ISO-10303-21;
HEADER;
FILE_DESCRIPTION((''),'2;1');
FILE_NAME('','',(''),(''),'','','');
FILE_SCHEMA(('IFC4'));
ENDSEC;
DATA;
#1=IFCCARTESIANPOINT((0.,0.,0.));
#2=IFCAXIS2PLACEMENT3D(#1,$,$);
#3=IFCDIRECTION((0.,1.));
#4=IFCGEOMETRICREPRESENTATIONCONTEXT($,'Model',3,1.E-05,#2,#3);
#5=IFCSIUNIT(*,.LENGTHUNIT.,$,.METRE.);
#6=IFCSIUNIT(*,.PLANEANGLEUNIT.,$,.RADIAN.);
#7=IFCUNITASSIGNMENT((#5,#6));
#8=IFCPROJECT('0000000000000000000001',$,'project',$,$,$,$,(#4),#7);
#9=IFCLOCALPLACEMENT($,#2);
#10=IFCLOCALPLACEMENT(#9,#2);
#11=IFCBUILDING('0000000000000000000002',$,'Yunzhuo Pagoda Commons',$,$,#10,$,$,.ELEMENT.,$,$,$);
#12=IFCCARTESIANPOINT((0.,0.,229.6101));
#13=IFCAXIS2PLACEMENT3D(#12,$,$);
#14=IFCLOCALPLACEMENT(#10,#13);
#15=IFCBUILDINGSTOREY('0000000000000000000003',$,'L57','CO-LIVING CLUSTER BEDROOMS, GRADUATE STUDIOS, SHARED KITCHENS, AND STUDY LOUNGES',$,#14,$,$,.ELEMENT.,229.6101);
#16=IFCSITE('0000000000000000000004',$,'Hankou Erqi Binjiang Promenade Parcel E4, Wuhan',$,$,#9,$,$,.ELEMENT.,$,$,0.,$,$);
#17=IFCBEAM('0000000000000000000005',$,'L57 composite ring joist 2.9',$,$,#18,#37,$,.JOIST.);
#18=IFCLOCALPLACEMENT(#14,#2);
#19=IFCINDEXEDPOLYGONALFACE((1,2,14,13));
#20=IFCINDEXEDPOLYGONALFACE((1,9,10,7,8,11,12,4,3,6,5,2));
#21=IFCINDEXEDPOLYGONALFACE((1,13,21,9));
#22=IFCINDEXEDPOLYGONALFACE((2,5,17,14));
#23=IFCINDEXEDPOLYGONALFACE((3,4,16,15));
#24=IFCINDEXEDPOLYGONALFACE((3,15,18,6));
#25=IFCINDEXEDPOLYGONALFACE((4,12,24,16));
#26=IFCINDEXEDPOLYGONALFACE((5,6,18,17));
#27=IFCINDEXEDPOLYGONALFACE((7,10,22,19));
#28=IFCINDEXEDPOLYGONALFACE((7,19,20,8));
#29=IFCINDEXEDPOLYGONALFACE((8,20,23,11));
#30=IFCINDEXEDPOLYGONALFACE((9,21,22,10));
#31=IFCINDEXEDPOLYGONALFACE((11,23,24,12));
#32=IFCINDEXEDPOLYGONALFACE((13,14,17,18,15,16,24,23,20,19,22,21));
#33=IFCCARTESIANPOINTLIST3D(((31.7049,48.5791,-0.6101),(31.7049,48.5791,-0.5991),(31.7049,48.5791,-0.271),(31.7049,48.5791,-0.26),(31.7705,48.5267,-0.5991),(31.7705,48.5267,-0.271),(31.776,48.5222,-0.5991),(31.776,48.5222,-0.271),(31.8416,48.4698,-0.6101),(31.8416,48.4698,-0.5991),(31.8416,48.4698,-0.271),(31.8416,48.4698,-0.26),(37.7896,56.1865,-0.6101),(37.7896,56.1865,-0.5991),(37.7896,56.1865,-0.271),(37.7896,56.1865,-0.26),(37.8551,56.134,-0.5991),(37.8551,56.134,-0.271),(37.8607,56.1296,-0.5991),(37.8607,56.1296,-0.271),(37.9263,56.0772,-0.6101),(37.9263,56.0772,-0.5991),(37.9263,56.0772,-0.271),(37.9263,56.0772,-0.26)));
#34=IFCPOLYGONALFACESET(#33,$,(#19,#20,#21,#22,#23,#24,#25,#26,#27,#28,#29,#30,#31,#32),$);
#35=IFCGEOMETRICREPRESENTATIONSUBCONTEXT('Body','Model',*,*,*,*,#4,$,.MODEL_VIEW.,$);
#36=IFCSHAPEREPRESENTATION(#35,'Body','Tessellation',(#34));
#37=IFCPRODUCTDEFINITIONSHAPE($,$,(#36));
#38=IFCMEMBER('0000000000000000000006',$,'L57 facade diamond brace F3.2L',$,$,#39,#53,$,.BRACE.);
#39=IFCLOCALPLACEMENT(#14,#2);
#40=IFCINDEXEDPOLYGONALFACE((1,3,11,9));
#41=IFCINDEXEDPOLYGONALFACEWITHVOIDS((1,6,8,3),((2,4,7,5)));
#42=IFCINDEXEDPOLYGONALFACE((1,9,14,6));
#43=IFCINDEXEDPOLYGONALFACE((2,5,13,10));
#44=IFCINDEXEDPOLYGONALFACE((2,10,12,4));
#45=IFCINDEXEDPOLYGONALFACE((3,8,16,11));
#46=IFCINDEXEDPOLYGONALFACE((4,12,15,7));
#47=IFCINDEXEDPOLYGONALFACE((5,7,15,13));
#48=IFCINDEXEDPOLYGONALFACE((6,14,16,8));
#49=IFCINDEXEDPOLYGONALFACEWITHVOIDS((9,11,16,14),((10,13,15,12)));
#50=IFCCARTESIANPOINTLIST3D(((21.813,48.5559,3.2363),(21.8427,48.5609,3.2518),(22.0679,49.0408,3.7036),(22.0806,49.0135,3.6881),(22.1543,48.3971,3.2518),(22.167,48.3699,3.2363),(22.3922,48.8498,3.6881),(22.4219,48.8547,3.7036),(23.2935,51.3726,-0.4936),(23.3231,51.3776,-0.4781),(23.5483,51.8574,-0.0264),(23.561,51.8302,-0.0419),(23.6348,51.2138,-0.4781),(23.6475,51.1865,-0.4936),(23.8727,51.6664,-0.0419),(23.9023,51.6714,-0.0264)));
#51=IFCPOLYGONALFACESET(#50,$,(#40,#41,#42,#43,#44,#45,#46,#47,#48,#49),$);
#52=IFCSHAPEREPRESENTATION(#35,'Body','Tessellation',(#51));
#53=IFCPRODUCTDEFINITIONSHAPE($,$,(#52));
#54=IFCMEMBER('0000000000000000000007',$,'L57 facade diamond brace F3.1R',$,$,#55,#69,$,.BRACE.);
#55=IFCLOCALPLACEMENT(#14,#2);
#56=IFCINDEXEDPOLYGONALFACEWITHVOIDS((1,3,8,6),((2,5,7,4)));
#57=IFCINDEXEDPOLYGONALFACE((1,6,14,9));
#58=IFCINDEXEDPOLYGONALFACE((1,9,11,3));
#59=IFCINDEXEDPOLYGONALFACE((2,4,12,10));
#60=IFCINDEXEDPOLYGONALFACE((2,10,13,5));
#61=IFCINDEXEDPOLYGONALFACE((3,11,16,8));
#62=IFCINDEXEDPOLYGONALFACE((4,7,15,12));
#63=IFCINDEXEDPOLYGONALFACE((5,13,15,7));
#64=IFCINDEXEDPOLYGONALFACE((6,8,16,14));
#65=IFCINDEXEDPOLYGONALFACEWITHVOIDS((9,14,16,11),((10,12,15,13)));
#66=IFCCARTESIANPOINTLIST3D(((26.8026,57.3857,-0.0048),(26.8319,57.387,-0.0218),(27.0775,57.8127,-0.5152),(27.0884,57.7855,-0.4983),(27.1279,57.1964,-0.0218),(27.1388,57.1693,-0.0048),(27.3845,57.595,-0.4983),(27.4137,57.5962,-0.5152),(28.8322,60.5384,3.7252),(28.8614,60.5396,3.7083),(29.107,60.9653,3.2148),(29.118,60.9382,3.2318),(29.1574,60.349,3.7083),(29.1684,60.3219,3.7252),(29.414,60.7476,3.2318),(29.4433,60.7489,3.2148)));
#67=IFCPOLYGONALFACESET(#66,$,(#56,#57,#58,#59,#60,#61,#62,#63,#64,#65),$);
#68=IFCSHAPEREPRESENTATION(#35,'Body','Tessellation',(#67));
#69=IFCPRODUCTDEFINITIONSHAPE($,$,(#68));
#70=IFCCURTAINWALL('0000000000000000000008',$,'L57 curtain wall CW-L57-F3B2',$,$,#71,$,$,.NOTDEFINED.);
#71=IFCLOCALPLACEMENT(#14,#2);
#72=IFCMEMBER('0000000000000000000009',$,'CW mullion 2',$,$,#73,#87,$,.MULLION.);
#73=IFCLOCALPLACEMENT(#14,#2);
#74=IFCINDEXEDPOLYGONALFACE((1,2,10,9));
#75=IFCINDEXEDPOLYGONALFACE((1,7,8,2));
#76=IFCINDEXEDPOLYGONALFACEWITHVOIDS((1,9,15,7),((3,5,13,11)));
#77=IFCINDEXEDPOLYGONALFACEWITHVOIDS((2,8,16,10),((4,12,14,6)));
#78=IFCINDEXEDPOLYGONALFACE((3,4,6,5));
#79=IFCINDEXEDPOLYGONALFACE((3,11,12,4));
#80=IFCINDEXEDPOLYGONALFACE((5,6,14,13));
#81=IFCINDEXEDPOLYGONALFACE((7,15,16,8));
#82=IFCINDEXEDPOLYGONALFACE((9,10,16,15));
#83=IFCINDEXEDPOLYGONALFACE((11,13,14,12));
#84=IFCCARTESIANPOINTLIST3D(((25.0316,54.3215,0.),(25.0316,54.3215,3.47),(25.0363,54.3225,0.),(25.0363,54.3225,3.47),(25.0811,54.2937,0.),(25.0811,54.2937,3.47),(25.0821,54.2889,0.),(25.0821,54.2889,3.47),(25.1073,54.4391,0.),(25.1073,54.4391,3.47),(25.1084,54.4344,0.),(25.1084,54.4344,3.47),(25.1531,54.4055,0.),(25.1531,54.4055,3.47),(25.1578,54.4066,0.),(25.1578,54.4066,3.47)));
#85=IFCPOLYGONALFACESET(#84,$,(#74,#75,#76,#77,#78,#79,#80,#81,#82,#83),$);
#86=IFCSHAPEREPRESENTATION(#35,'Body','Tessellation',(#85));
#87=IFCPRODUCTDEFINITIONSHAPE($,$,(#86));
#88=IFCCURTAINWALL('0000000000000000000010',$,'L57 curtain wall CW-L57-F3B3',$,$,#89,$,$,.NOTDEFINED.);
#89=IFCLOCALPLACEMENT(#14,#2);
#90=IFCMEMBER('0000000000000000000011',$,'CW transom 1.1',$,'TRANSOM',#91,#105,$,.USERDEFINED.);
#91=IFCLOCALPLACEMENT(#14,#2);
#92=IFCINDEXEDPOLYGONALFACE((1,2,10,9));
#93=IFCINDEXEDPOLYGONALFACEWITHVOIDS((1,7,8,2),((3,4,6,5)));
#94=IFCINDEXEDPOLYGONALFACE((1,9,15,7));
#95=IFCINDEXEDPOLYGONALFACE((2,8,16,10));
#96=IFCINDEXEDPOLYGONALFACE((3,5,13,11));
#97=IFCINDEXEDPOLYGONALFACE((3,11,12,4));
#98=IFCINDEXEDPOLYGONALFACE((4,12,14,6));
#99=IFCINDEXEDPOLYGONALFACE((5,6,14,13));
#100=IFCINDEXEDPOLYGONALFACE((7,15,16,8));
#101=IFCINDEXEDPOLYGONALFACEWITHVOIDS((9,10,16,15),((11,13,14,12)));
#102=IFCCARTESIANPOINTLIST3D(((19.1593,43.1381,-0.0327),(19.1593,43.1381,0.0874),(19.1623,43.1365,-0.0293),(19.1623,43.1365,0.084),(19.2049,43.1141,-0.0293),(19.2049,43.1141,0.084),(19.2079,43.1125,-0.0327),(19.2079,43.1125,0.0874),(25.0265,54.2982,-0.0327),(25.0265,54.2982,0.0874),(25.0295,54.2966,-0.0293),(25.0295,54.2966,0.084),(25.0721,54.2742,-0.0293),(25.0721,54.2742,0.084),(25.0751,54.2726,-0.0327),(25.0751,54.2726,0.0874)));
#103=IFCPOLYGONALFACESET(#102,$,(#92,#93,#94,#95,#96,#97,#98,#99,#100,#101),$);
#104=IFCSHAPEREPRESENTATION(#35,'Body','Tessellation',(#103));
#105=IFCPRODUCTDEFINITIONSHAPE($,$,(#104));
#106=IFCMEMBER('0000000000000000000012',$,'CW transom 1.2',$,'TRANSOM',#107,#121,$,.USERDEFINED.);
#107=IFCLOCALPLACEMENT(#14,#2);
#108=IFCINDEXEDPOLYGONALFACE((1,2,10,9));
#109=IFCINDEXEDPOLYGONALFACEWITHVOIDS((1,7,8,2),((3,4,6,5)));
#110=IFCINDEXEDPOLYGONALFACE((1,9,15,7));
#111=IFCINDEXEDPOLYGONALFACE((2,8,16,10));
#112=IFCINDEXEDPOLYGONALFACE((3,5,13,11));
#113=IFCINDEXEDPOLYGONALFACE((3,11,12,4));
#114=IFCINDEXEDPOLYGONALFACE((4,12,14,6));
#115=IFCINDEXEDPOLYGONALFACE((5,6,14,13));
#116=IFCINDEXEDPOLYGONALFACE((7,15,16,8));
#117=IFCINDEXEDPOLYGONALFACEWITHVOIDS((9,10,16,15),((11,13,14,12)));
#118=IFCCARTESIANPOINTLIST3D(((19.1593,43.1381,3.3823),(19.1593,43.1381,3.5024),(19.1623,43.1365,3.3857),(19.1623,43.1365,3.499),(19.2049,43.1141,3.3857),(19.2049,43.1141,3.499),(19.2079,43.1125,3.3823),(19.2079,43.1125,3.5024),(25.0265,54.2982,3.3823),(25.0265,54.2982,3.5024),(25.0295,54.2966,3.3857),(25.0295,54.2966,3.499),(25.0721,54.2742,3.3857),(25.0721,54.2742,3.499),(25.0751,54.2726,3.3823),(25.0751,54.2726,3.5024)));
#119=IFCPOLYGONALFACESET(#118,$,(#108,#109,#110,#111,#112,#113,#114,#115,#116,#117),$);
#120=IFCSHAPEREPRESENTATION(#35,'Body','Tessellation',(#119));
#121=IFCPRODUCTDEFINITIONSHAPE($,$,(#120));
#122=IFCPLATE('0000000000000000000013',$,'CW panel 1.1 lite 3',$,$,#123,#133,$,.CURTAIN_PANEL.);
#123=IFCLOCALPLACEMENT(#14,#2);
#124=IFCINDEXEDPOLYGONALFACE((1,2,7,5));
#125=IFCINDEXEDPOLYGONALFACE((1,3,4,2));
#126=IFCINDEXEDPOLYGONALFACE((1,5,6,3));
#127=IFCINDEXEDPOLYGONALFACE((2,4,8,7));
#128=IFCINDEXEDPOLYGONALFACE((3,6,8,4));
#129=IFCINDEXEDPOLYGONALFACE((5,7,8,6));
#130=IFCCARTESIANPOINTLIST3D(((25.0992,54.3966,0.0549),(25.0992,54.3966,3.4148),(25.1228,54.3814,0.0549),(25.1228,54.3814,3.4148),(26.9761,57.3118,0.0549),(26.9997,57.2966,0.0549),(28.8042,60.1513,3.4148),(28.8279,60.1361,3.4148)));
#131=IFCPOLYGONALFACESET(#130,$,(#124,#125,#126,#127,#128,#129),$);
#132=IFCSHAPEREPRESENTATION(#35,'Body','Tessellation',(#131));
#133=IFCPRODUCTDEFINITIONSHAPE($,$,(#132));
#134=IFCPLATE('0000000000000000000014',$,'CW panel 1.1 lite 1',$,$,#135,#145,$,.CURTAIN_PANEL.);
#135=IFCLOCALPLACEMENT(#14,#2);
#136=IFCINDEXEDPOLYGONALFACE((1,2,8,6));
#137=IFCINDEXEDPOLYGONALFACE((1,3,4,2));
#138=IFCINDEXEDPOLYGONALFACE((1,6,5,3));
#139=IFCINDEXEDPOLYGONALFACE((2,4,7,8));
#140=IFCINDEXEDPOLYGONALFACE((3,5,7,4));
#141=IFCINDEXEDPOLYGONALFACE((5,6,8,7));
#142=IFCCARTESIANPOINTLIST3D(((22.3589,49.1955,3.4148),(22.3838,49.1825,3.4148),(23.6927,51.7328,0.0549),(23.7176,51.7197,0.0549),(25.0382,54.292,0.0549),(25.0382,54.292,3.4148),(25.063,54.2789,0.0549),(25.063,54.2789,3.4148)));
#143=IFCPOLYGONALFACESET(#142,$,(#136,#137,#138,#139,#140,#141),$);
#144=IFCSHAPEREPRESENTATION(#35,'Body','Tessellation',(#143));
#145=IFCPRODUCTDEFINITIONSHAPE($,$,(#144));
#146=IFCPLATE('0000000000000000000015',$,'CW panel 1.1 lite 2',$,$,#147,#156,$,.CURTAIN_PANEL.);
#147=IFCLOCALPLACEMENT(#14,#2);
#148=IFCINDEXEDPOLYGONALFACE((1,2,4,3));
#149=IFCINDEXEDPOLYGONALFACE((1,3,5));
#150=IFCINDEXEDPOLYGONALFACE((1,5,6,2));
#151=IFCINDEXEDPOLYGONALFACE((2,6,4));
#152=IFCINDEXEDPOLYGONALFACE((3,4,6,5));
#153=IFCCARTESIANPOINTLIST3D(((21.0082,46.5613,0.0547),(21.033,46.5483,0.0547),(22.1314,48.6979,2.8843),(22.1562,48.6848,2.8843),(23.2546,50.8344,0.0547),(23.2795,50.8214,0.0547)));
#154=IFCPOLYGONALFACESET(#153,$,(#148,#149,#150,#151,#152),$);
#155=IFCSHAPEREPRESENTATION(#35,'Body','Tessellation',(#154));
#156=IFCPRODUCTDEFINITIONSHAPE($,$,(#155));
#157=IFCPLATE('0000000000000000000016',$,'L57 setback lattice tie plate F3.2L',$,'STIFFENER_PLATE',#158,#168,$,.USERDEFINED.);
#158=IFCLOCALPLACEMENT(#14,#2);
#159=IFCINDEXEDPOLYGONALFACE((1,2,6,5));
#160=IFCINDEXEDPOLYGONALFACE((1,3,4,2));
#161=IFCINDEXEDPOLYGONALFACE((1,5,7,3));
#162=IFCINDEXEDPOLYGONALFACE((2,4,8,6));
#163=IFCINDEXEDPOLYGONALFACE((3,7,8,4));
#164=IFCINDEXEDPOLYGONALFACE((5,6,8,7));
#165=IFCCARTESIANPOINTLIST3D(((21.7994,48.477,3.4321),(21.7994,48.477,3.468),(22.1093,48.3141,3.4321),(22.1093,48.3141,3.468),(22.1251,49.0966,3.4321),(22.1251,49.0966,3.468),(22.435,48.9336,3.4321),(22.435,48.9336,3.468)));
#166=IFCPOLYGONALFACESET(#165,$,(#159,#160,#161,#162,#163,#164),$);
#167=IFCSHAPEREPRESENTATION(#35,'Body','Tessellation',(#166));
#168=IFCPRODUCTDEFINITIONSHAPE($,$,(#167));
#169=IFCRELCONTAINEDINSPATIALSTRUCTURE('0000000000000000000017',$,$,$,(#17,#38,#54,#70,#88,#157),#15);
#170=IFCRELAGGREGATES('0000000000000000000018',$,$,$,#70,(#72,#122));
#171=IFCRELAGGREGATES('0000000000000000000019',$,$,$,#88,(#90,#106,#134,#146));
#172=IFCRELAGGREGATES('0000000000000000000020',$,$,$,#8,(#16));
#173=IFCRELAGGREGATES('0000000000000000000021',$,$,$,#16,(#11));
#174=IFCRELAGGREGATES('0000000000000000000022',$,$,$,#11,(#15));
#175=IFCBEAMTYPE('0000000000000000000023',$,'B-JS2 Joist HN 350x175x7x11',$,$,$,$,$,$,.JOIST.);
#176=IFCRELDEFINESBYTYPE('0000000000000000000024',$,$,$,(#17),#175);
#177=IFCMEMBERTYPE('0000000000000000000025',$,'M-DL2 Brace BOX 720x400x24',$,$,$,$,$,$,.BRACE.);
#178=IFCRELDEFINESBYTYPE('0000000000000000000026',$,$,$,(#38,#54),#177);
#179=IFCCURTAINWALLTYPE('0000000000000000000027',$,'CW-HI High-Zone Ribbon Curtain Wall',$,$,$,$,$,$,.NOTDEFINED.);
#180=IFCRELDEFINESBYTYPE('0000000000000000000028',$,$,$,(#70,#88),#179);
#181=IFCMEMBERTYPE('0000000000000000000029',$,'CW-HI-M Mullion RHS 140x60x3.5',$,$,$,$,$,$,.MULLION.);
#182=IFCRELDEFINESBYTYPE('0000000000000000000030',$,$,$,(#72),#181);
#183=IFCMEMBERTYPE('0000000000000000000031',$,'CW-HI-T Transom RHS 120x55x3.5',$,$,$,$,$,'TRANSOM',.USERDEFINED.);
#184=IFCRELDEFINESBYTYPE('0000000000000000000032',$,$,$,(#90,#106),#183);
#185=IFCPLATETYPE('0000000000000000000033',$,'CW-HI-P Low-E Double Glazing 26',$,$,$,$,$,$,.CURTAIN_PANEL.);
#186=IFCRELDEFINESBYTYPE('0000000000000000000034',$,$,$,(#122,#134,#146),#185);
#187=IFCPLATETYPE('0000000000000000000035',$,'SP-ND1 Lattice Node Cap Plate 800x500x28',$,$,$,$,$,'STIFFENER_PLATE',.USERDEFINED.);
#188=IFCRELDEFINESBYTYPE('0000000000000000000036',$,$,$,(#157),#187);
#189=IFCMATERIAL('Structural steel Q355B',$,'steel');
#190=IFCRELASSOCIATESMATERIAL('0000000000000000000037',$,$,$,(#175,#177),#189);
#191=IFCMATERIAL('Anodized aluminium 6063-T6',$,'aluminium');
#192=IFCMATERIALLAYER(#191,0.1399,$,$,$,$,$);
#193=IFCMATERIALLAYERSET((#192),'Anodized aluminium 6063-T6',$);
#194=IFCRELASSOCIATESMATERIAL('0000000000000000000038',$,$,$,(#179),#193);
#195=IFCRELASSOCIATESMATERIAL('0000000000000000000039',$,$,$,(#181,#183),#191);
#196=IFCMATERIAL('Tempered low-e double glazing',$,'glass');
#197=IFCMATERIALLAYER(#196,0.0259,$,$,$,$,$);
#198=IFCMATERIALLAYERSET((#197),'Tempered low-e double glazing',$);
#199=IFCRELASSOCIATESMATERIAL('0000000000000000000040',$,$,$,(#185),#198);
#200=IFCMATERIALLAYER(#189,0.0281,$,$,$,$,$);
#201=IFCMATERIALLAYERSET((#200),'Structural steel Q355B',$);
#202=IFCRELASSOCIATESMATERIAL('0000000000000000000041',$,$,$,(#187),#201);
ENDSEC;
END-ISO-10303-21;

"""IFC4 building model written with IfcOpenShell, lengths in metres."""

from ifc_helpers import new_model, si_unit, direction, frame, origin, origin_2d, place, context, subcontext, project, spatial, polyline, rectangle, hollow_rectangle, i_section, outline, extrude, source, transform, mapped, material, layer, layer_set, material_profile, profile_set, type_object, element, aggregate, save


model = new_model("IFC4")

# Units and contexts
model_context = context("Model", 3, precision=1e-05, world=origin(), true_north=direction((0.0, 1.0)))
body_context = subcontext(model_context, "Body", "Model", "MODEL_VIEW")
ifc_project = project(units=[si_unit("LENGTHUNIT", "METRE"), si_unit("PLANEANGLEUNIT", "RADIAN")], contexts=[model_context])

# Site, building, storey
site_placement = place(None, origin())
site = spatial("IfcSite", under=ifc_project, at=site_placement, Name="Hankou Erqi Binjiang Promenade Parcel E4, Wuhan", CompositionType="ELEMENT", RefElevation=0.0)
building_placement = place(site_placement, origin())
building = spatial("IfcBuilding", under=site, at=building_placement, Name="Yunzhuo Pagoda Commons", CompositionType="ELEMENT")
storey_placement = place(building_placement, frame((0.0, 0.0, 229.6101)))
storey = spatial("IfcBuildingStorey", under=building, at=storey_placement, Name="L57", Description="CO-LIVING CLUSTER BEDROOMS, GRADUATE STUDIOS, SHARED KITCHENS, AND STUDY LOUNGES", CompositionType="ELEMENT", Elevation=229.6101)

# Shared definitions
ifc_material_1 = material(Name="Structural steel Q355B", Category="steel")

# Beam
ifc_material_profile_1 = material_profile(ifc_material_1, i_section(OverallWidth=0.175, OverallDepth=0.3501, WebThickness=0.0071, FlangeThickness=0.011, at=origin_2d()), Name="Structural steel Q355B")
ifc_profile_set_1 = profile_set([ifc_material_profile_1], Name="Structural steel Q355B")
beam_type_1 = type_object("IfcBeamType", Name="B-JS2 Joist HN 350x175x7x11", PredefinedType="JOIST", material=ifc_profile_set_1)
shared_shape_1 = source(origin(), body_context, "Body", "SweptSolid", [
    extrude(i_section(OverallWidth=0.175, OverallDepth=0.3501, WebThickness=0.0071, FlangeThickness=0.011, at=origin_2d()), origin(), (0.0, 0.0, 1.0), 9.7415),
])
beam_1_placement = place(storey_placement, frame((37.8579, 56.1318, -0.4351), z_axis=(-0.624619, -0.78093, 0.0), x_axis=(0.78093, -0.624619, 0.0)))
element("IfcBeam", 1, at=beam_1_placement, inside=storey, type_object=beam_type_1, Name="L57 composite ring joist 2.9", PredefinedType="JOIST", context=body_context, shape_type="MappedRepresentation", body=[
    mapped(shared_shape_1, transform((0.0, 0.0, 0.0), scale=1.0)),
])

# Members
ifc_material_profile_2 = material_profile(ifc_material_1, hollow_rectangle(XDim=0.3999, YDim=0.72, WallThickness=0.0239, at=origin_2d()), Name="Structural steel Q355B")
ifc_profile_set_2 = profile_set([ifc_material_profile_2], Name="Structural steel Q355B")
member_type_1 = type_object("IfcMemberType", Name="M-DL2 Brace BOX 720x400x24", PredefinedType="BRACE", material=ifc_profile_set_2)
shared_shape_2 = source(origin(), body_context, "Body", "SweptSolid", [
    extrude(hollow_rectangle(XDim=0.3999, YDim=0.72, WallThickness=0.0239, at=origin_2d()), origin(), (0.0, 0.0, 1.0), 4.9028),
])
member_1_placement = place(storey_placement, frame((23.5979, 51.522, -0.26), z_axis=(-0.30196, -0.574491, 0.760776), x_axis=(0.885174, -0.465259, 0.0)))
element("IfcMember", 2, at=member_1_placement, inside=storey, type_object=member_type_1, Name="L57 facade diamond brace F3.2L", PredefinedType="BRACE", context=body_context, shape_type="MappedRepresentation", body=[
    mapped(shared_shape_2, transform((0.0, 0.0, 0.0), scale=1.0)),
])
shared_shape_3 = source(origin(), body_context, "Body", "SweptSolid", [
    extrude(hollow_rectangle(XDim=0.3999, YDim=0.72, WallThickness=0.0239, at=origin_2d()), origin(), (0.0, 0.0, 1.0), 5.2888),
])
member_2_placement = place(storey_placement, frame((27.1082, 57.491, -0.26), z_axis=(0.383749, 0.596096, 0.70527), x_axis=(-0.840829, 0.5413, 0.0)))
element("IfcMember", 3, at=member_2_placement, inside=storey, type_object=member_type_1, Name="L57 facade diamond brace F3.1R", PredefinedType="BRACE", context=body_context, shape_type="MappedRepresentation", body=[
    mapped(shared_shape_3, transform((0.0, 0.0, 0.0), scale=1.0)),
])

# Curtain wall, member
ifc_material_2 = material(Name="Anodized aluminium 6063-T6", Category="aluminium")
ifc_layer_1 = layer(ifc_material_2, 0.1399)
ifc_layer_set_1 = layer_set([ifc_layer_1], Name="Anodized aluminium 6063-T6")
curtain_wall_type = type_object("IfcCurtainWallType", Name="CW-HI High-Zone Ribbon Curtain Wall", PredefinedType="NOTDEFINED", material=ifc_layer_set_1)
curtain_wall_1_placement = place(storey_placement, origin())
curtain_wall_1 = element("IfcCurtainWall", 4, at=curtain_wall_1_placement, inside=storey, type_object=curtain_wall_type, Name="L57 curtain wall CW-L57-F3B2", PredefinedType="NOTDEFINED")
ifc_material_profile_3 = material_profile(ifc_material_2, hollow_rectangle(XDim=0.0601, YDim=0.1399, WallThickness=0.0034, at=origin_2d()), Name="Anodized aluminium 6063-T6")
ifc_profile_set_3 = profile_set([ifc_material_profile_3], Name="Anodized aluminium 6063-T6")
member_type_2 = type_object("IfcMemberType", Name="CW-HI-M Mullion RHS 140x60x3.5", PredefinedType="MULLION", material=ifc_profile_set_3)
shared_shape_4 = source(origin(), body_context, "Body", "SweptSolid", [
    extrude(hollow_rectangle(XDim=0.0601, YDim=0.1399, WallThickness=0.0034, at=origin_2d()), origin(), (0.0, 0.0, 1.0), 3.47),
])
member_3_placement = place(storey_placement, frame((25.0947, 54.364, 0.0), z_axis=(0.0, 0.0, 1.0), x_axis=(0.840807, -0.541334, 0.0)))
member_3 = element("IfcMember", 5, at=member_3_placement, type_object=member_type_2, Name="CW mullion 2", PredefinedType="MULLION", context=body_context, shape_type="MappedRepresentation", body=[
    mapped(shared_shape_4, transform((0.0, 0.0, 0.0), scale=1.0)),
])

# Curtain wall, members
curtain_wall_2_placement = place(storey_placement, origin())
curtain_wall_2 = element("IfcCurtainWall", 6, at=curtain_wall_2_placement, inside=storey, type_object=curtain_wall_type, Name="L57 curtain wall CW-L57-F3B3", PredefinedType="NOTDEFINED")
ifc_material_profile_4 = material_profile(ifc_material_2, hollow_rectangle(XDim=0.0549, YDim=0.1201, WallThickness=0.0034, at=origin_2d()), Name="Anodized aluminium 6063-T6")
ifc_profile_set_4 = profile_set([ifc_material_profile_4], Name="Anodized aluminium 6063-T6")
member_type_3 = type_object("IfcMemberType", Name="CW-HI-T Transom RHS 120x55x3.5", ElementType="TRANSOM", PredefinedType="USERDEFINED", material=ifc_profile_set_4)
shared_shape_5 = source(origin(), body_context, "Body", "SweptSolid", [
    extrude(hollow_rectangle(XDim=0.0549, YDim=0.1201, WallThickness=0.0034, at=origin_2d()), origin(), (0.0, 0.0, 1.0), 12.6084),
])
member_4_placement = place(storey_placement, frame((25.0508, 54.2854, 0.0273), z_axis=(-0.465338, -0.885133, 0.0), x_axis=(0.885133, -0.465338, 0.0)))
member_4 = element("IfcMember", 7, at=member_4_placement, type_object=member_type_3, Name="CW transom 1.1", ObjectType="TRANSOM", PredefinedType="USERDEFINED", context=body_context, shape_type="MappedRepresentation", body=[
    mapped(shared_shape_5, transform((0.0, 0.0, 0.0), scale=1.0)),
])
member_5_placement = place(storey_placement, frame((25.0508, 54.2854, 3.4424), z_axis=(-0.465338, -0.885133, 0.0), x_axis=(0.885133, -0.465338, 0.0)))
member_5 = element("IfcMember", 8, at=member_5_placement, type_object=member_type_3, Name="CW transom 1.2", ObjectType="TRANSOM", PredefinedType="USERDEFINED", context=body_context, shape_type="MappedRepresentation", body=[
    mapped(shared_shape_5, transform((0.0, 0.0, 0.0), scale=1.0)),
])

# Plates
ifc_material_3 = material(Name="Tempered low-e double glazing", Category="glass")
ifc_layer_2 = layer(ifc_material_3, 0.0259)
ifc_layer_set_2 = layer_set([ifc_layer_2], Name="Tempered low-e double glazing")
plate_type_1 = type_object("IfcPlateType", Name="CW-HI-P Low-E Double Glazing 26", PredefinedType="CURTAIN_PANEL", material=ifc_layer_set_2)
plate_1_placement = place(storey_placement, frame((26.9753, 57.2588, 1.7349), z_axis=(-0.840807, 0.541334, 0.0), x_axis=(-0.541334, -0.840807, 0.0)))
plate_1 = element("IfcPlate", 9, at=plate_1_placement, type_object=plate_type_1, Name="CW panel 1.1 lite 3", PredefinedType="CURTAIN_PANEL", context=body_context, shape_type="SweptSolid", body=[
    extrude(outline(polyline([(-3.4221, 1.6799), (-0.0449, -1.6799), (3.4221, -1.6799), (3.4221, 1.6799), (-3.4221, 1.6799)])), origin(), (0.0, 0.0, 1.0), 0.0281),
])
aggregate(curtain_wall_1, [member_3, plate_1])
plate_2_placement = place(storey_placement, frame((23.7234, 51.7307, 1.7349), z_axis=(-0.885138, 0.465329, 0.0), x_axis=(-0.465329, -0.885138, 0.0)))
plate_2 = element("IfcPlate", 10, at=plate_2_placement, type_object=plate_type_1, Name="CW panel 1.1 lite 1", PredefinedType="CURTAIN_PANEL", context=body_context, shape_type="SweptSolid", body=[
    extrude(outline(polyline([(-2.8789, -1.6799), (0.0125, -1.6799), (2.8789, 1.6799), (-2.8789, 1.6799), (-2.8789, -1.6799)])), origin(), (0.0, 0.0, 1.0), 0.0281),
])
plate_3_placement = place(storey_placement, frame((22.1562, 48.6848, 1.4695), z_axis=(-0.885138, 0.465329, 0.0), x_axis=(-0.465329, -0.885138, 0.0)))
plate_3 = element("IfcPlate", 11, at=plate_3_placement, type_object=plate_type_1, Name="CW panel 1.1 lite 2", PredefinedType="CURTAIN_PANEL", context=body_context, shape_type="SweptSolid", body=[
    extrude(outline(polyline([(-2.4138, -1.4148), (2.4138, -1.4148), (0.0, 1.4148), (-2.4138, -1.4148)])), origin(), (0.0, 0.0, 1.0), 0.0281),
])
aggregate(curtain_wall_2, [member_4, member_5, plate_2, plate_3])
ifc_layer_3 = layer(ifc_material_1, 0.0281)
ifc_layer_set_3 = layer_set([ifc_layer_3], Name="Structural steel Q355B")
plate_type_2 = type_object("IfcPlateType", Name="SP-ND1 Lattice Node Cap Plate 800x500x28", ElementType="STIFFENER_PLATE", PredefinedType="USERDEFINED", material=ifc_layer_set_3)
shared_shape_6 = source(origin(), body_context, "Body", "SweptSolid", [
    extrude(rectangle(XDim=0.7, YDim=0.3501, at=origin_2d()), origin(), (0.0, 0.0, 1.0), 0.0359),
])
plate_4_placement = place(storey_placement, frame((22.1172, 48.7053, 3.4321), z_axis=(0.0, 0.0, 1.0), x_axis=(-0.465336, -0.885134, 0.0)))
element("IfcPlate", 12, at=plate_4_placement, inside=storey, type_object=plate_type_2, Name="L57 setback lattice tie plate F3.2L", ObjectType="STIFFENER_PLATE", PredefinedType="USERDEFINED", context=body_context, shape_type="MappedRepresentation", body=[
    mapped(shared_shape_6, transform((0.0, 0.0, 0.0), scale=1.0)),
])

save(model, "model.ifc")
